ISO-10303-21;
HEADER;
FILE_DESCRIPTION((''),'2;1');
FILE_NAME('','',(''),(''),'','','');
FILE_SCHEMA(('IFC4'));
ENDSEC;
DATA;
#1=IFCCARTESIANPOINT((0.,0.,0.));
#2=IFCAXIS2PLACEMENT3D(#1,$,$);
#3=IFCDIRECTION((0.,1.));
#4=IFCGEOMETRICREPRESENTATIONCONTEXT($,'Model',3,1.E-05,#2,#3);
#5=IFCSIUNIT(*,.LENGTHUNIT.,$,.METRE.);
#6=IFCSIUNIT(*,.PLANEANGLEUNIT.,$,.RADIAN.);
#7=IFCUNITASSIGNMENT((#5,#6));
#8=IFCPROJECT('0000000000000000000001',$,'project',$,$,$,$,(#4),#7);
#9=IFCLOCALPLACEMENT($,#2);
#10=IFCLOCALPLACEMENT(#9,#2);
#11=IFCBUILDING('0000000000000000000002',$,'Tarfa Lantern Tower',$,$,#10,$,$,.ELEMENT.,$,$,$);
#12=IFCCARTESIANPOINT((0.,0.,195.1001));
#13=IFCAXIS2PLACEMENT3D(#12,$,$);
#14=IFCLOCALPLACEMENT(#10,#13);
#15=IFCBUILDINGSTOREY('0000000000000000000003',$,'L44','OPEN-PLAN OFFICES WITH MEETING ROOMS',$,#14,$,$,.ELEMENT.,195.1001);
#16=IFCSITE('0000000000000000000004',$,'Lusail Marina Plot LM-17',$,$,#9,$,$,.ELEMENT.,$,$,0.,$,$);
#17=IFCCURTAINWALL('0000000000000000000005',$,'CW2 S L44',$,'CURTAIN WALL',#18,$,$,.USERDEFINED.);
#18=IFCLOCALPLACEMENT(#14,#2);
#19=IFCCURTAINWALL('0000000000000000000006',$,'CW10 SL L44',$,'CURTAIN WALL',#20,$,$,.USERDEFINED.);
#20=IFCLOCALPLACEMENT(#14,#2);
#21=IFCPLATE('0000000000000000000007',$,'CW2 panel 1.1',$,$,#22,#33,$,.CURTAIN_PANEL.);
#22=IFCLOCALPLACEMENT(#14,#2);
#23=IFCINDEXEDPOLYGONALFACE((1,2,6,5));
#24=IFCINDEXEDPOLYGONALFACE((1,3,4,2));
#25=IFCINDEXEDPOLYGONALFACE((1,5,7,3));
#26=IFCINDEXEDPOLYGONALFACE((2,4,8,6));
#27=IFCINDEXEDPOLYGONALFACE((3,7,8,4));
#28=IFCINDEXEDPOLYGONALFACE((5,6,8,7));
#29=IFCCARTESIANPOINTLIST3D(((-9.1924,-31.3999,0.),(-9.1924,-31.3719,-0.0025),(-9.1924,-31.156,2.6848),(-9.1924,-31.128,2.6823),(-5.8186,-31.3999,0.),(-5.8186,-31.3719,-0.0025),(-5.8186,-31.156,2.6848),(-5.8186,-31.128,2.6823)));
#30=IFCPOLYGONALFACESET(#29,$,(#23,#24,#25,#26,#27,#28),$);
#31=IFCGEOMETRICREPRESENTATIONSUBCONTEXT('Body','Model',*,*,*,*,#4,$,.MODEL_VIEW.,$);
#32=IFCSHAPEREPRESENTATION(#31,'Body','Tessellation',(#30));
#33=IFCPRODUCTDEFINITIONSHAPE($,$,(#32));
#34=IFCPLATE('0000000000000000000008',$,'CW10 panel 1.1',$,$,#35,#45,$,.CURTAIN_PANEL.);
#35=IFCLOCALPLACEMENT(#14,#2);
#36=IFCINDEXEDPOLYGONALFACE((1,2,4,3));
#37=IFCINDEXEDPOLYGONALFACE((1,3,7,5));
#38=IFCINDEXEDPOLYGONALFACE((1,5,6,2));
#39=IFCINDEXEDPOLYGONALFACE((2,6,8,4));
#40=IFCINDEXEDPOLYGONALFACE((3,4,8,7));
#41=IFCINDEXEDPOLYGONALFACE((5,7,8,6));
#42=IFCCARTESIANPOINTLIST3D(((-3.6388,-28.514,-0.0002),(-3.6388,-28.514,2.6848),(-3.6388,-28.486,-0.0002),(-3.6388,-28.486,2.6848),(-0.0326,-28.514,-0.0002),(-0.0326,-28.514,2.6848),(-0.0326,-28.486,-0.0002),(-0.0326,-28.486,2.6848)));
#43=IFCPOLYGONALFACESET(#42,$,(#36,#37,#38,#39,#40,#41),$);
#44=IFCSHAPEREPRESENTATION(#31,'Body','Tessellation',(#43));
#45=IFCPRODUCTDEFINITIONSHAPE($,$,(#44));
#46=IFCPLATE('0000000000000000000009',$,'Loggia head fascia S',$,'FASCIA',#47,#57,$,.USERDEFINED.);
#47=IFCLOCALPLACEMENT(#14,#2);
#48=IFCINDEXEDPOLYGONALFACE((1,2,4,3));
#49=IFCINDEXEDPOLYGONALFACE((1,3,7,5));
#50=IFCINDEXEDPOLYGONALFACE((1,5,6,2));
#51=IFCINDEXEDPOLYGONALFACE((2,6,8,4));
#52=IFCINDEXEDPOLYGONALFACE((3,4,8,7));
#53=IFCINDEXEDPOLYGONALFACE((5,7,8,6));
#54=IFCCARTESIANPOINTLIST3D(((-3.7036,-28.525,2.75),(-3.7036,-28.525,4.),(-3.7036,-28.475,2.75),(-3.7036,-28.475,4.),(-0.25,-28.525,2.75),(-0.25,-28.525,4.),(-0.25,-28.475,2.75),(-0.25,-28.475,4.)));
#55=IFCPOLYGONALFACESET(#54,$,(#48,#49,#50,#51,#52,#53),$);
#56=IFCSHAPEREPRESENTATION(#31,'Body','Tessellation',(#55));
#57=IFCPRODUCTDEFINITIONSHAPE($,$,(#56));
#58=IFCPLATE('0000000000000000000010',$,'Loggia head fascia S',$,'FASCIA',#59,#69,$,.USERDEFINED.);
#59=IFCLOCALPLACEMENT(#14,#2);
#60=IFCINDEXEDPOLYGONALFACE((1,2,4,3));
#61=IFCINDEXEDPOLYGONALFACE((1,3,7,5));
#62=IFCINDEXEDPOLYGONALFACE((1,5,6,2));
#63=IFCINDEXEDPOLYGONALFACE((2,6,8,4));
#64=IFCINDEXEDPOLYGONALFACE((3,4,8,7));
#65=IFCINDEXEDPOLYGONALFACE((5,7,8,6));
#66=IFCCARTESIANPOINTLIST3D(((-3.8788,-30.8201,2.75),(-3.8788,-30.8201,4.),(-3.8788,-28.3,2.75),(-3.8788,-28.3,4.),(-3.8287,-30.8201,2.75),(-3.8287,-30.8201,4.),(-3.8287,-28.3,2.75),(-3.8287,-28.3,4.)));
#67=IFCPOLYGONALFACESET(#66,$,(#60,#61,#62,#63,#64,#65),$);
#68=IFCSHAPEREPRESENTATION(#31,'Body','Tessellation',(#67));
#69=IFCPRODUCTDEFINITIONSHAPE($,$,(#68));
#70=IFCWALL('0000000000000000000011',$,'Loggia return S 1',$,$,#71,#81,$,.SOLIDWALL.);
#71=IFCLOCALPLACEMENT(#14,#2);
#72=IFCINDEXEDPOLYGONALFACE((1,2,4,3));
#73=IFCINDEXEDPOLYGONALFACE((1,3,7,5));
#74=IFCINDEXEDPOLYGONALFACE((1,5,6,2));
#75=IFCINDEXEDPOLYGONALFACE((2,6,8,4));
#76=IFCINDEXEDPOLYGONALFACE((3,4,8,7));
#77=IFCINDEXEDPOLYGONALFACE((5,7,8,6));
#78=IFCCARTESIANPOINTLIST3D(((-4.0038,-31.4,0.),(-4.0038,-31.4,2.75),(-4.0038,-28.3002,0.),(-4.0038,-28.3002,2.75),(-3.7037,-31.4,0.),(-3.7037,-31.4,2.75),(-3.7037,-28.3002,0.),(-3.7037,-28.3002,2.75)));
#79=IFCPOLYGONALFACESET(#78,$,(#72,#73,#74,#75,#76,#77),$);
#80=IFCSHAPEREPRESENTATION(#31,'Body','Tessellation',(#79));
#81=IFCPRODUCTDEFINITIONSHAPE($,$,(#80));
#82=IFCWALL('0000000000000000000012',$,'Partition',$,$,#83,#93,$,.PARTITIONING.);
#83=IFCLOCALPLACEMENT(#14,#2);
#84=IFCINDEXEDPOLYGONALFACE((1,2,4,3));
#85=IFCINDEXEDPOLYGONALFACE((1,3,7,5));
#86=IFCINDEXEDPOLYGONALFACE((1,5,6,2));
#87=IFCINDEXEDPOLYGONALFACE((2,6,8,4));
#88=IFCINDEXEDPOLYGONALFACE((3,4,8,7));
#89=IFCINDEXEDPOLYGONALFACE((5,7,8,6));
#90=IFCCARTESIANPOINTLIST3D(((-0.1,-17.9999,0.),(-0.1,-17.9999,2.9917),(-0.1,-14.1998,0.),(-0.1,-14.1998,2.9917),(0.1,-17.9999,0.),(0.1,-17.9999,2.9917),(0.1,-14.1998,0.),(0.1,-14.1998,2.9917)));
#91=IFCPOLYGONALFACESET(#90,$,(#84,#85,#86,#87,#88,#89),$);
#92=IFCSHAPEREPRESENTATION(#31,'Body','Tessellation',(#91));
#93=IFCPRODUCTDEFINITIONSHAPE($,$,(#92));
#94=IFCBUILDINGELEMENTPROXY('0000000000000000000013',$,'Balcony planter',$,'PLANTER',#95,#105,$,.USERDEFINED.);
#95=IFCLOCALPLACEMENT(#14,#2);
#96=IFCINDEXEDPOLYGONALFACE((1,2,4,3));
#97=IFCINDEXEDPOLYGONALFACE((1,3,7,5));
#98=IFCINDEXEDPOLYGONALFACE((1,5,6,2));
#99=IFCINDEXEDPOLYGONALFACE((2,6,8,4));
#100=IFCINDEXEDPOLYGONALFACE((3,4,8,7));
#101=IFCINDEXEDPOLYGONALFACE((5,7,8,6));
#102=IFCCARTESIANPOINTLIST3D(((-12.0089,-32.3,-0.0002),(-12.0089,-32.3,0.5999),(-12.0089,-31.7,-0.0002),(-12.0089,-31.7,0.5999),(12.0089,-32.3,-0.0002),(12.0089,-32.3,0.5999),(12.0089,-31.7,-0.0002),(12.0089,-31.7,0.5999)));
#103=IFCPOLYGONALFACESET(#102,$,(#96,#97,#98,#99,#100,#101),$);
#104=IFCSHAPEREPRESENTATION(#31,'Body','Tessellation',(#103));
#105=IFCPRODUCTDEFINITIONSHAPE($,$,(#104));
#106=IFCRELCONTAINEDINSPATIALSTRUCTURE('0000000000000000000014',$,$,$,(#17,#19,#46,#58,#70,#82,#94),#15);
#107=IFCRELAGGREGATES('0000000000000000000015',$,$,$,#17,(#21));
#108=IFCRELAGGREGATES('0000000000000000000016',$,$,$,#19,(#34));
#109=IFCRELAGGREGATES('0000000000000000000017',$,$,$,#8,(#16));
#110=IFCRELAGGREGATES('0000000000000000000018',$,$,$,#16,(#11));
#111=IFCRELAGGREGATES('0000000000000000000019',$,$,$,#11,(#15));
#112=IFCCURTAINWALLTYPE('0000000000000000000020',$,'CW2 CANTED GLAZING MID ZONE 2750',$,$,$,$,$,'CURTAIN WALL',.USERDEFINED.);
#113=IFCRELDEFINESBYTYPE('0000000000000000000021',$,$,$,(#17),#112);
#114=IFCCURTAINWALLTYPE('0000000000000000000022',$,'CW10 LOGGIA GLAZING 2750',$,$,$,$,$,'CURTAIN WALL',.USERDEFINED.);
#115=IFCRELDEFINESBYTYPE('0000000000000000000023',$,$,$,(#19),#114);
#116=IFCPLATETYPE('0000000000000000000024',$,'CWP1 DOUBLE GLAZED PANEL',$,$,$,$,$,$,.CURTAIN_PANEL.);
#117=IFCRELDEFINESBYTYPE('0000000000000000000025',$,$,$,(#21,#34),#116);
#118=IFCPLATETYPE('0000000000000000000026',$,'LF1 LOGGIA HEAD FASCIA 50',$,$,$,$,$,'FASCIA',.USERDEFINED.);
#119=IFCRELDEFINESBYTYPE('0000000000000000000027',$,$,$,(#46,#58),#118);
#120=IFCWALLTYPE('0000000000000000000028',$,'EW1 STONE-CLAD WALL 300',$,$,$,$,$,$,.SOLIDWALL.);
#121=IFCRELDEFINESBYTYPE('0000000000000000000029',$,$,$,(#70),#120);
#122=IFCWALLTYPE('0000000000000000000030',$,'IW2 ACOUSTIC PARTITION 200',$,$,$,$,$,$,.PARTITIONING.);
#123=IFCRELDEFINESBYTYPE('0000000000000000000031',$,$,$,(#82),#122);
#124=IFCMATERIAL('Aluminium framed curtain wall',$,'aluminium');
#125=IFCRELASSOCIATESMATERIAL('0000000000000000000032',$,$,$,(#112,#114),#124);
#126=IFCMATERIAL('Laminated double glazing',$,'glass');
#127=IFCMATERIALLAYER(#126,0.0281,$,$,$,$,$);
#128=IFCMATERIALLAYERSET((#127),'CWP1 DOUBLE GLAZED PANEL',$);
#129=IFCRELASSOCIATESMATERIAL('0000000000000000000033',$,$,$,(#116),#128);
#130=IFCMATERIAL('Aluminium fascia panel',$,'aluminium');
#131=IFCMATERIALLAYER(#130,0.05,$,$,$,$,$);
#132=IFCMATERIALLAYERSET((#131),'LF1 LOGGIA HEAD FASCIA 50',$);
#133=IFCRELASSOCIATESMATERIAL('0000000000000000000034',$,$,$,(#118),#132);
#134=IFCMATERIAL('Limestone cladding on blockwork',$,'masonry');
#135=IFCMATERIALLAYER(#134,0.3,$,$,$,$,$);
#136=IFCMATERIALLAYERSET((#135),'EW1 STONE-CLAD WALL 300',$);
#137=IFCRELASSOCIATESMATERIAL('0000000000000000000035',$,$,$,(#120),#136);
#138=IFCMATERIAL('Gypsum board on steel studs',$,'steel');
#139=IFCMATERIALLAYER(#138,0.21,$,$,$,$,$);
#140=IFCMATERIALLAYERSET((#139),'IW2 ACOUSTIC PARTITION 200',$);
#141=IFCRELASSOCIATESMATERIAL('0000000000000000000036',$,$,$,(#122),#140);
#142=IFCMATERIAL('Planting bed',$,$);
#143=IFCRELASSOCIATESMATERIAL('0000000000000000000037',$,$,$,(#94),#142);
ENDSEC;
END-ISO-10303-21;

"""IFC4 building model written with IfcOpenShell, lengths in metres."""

from ifc_helpers import new_model, si_unit, direction, frame, frame_2d, origin, origin_2d, place, context, subcontext, project, spatial, polyline, rectangle, outline, extrude, material, layer, layer_set, type_object, element, aggregate, save


model = new_model("IFC4")

# Units and contexts
model_context = context("Model", 3, precision=1e-05, world=origin(), true_north=direction((0.0, 1.0)))
body_context = subcontext(model_context, "Body", "Model", "MODEL_VIEW")
ifc_project = project(units=[si_unit("LENGTHUNIT", "METRE"), si_unit("PLANEANGLEUNIT", "RADIAN")], contexts=[model_context])

# Site, building, storey
site_placement = place(None, origin())
site = spatial("IfcSite", under=ifc_project, at=site_placement, Name="Lusail Marina Plot LM-17", CompositionType="ELEMENT", RefElevation=0.0)
building_placement = place(site_placement, origin())
building = spatial("IfcBuilding", under=site, at=building_placement, Name="Tarfa Lantern Tower", CompositionType="ELEMENT")
storey_placement = place(building_placement, frame((0.0, 0.0, 195.1001)))
storey = spatial("IfcBuildingStorey", under=building, at=storey_placement, Name="L44", Description="OPEN-PLAN OFFICES WITH MEETING ROOMS", CompositionType="ELEMENT", Elevation=195.1001)

# Curtain walls
ifc_material_1 = material(Name="Aluminium framed curtain wall", Category="aluminium")
curtain_wall_type_1 = type_object("IfcCurtainWallType", Name="CW2 CANTED GLAZING MID ZONE 2750", ElementType="CURTAIN WALL", PredefinedType="USERDEFINED", material=ifc_material_1)
curtain_wall_1_placement = place(storey_placement, origin())
curtain_wall_1 = element("IfcCurtainWall", 1, at=curtain_wall_1_placement, inside=storey, type_object=curtain_wall_type_1, Name="CW2 S L44", ObjectType="CURTAIN WALL", PredefinedType="USERDEFINED")
curtain_wall_type_2 = type_object("IfcCurtainWallType", Name="CW10 LOGGIA GLAZING 2750", ElementType="CURTAIN WALL", PredefinedType="USERDEFINED", material=ifc_material_1)
curtain_wall_2_placement = place(storey_placement, origin())
curtain_wall_2 = element("IfcCurtainWall", 2, at=curtain_wall_2_placement, inside=storey, type_object=curtain_wall_type_2, Name="CW10 SL L44", ObjectType="CURTAIN WALL", PredefinedType="USERDEFINED")

# Plates
ifc_material_2 = material(Name="Laminated double glazing", Category="glass")
ifc_layer_1 = layer(ifc_material_2, 0.0281)
ifc_layer_set_1 = layer_set([ifc_layer_1], Name="CWP1 DOUBLE GLAZED PANEL")
plate_type_1 = type_object("IfcPlateType", Name="CWP1 DOUBLE GLAZED PANEL", PredefinedType="CURTAIN_PANEL", material=ifc_layer_set_1)
plate_1_placement = place(storey_placement, frame((-9.1924, -31.3999, 0.0), z_axis=(0.0, -0.995899, 0.09047), x_axis=(1.0, 0.0, 0.0)))
plate_1 = element("IfcPlate", 3, at=plate_1_placement, type_object=plate_type_1, Name="CW2 panel 1.1", PredefinedType="CURTAIN_PANEL", context=body_context, shape_type="SweptSolid", body=[
    extrude(outline(polyline([(0.0, 0.0), (3.3738, 0.0), (3.3738, 2.6959), (0.0, 2.6959), (0.0, 0.0)])), origin(), (0.0, 0.0, -1.0), 0.0281),
])
aggregate(curtain_wall_1, [plate_1])
plate_2_placement = place(storey_placement, frame((-1.8357, -28.5, -0.0002), z_axis=(0.0, 0.0, 1.0), x_axis=(1.0, 0.0, 0.0)))
plate_2 = element("IfcPlate", 4, at=plate_2_placement, type_object=plate_type_1, Name="CW10 panel 1.1", PredefinedType="CURTAIN_PANEL", context=body_context, shape_type="SweptSolid", body=[
    extrude(rectangle(XDim=3.6062, YDim=0.0281, at=origin_2d()), origin(), (0.0, 0.0, 1.0), 2.6851),
])
aggregate(curtain_wall_2, [plate_2])

# Plates
ifc_material_3 = material(Name="Aluminium fascia panel", Category="aluminium")
ifc_layer_2 = layer(ifc_material_3, 0.05)
ifc_layer_set_2 = layer_set([ifc_layer_2], Name="LF1 LOGGIA HEAD FASCIA 50")
plate_type_2 = type_object("IfcPlateType", Name="LF1 LOGGIA HEAD FASCIA 50", ElementType="FASCIA", PredefinedType="USERDEFINED", material=ifc_layer_set_2)
plate_3_placement = place(storey_placement, frame((-1.9768, -28.5, 2.75), z_axis=(0.0, 0.0, 1.0), x_axis=(1.0, 0.0, 0.0)))
element("IfcPlate", 5, at=plate_3_placement, inside=storey, type_object=plate_type_2, Name="Loggia head fascia S", ObjectType="FASCIA", PredefinedType="USERDEFINED", context=body_context, shape_type="SweptSolid", body=[
    extrude(rectangle(XDim=3.4536, YDim=0.05, at=origin_2d()), origin(), (0.0, 0.0, 1.0), 1.25),
])
plate_4_placement = place(storey_placement, frame((-3.8538, -29.5601, 2.75), z_axis=(0.0, 0.0, 1.0), x_axis=(0.0, 1.0, 0.0)))
element("IfcPlate", 6, at=plate_4_placement, inside=storey, type_object=plate_type_2, Name="Loggia head fascia S", ObjectType="FASCIA", PredefinedType="USERDEFINED", context=body_context, shape_type="SweptSolid", body=[
    extrude(rectangle(XDim=2.52, YDim=0.05, at=origin_2d()), origin(), (0.0, 0.0, 1.0), 1.25),
])

# Walls
ifc_material_4 = material(Name="Limestone cladding on blockwork", Category="masonry")
ifc_layer_3 = layer(ifc_material_4, 0.3)
ifc_layer_set_3 = layer_set([ifc_layer_3], Name="EW1 STONE-CLAD WALL 300")
wall_type_1 = type_object("IfcWallType", Name="EW1 STONE-CLAD WALL 300", PredefinedType="SOLIDWALL", material=ifc_layer_set_3)
wall_1_placement = place(storey_placement, frame((-3.8538, -31.3999, 0.0), z_axis=(0.0, 0.0, 1.0), x_axis=(0.0, 1.0, 0.0)))
element("IfcWall", 7, at=wall_1_placement, inside=storey, type_object=wall_type_1, Name="Loggia return S 1", PredefinedType="SOLIDWALL", context=body_context, shape_type="SweptSolid", body=[
    extrude(rectangle(XDim=3.0999, YDim=0.3, at=frame_2d((1.5498, 0.0))), origin(), (0.0, 0.0, 1.0), 2.75),
])
ifc_material_5 = material(Name="Gypsum board on steel studs", Category="steel")
ifc_layer_4 = layer(ifc_material_5, 0.21)
ifc_layer_set_4 = layer_set([ifc_layer_4], Name="IW2 ACOUSTIC PARTITION 200")
wall_type_2 = type_object("IfcWallType", Name="IW2 ACOUSTIC PARTITION 200", PredefinedType="PARTITIONING", material=ifc_layer_set_4)
wall_2_placement = place(storey_placement, frame((0.0, -14.2, 0.0), z_axis=(0.0, 0.0, 1.0), x_axis=(0.0, -1.0, 0.0)))
element("IfcWall", 8, at=wall_2_placement, inside=storey, type_object=wall_type_2, Name="Partition", PredefinedType="PARTITIONING", context=body_context, shape_type="SweptSolid", body=[
    extrude(rectangle(XDim=3.8, YDim=0.2, at=frame_2d((1.8999, 0.0))), origin(), (0.0, 0.0, 1.0), 2.9917),
])

# Building element proxy
ifc_material_6 = material(Name="Planting bed")
proxy_placement = place(storey_placement, frame((0.0, -32.0, -0.0002), z_axis=(0.0, 0.0, 1.0), x_axis=(1.0, 0.0, 0.0)))
element("IfcBuildingElementProxy", 9, at=proxy_placement, inside=storey, material=ifc_material_6, Name="Balcony planter", ObjectType="PLANTER", PredefinedType="USERDEFINED", context=body_context, shape_type="SweptSolid", body=[
    extrude(rectangle(XDim=24.0178, YDim=0.6001, at=origin_2d()), origin(), (0.0, 0.0, 1.0), 0.6001),
])

save(model, "model.ifc")
